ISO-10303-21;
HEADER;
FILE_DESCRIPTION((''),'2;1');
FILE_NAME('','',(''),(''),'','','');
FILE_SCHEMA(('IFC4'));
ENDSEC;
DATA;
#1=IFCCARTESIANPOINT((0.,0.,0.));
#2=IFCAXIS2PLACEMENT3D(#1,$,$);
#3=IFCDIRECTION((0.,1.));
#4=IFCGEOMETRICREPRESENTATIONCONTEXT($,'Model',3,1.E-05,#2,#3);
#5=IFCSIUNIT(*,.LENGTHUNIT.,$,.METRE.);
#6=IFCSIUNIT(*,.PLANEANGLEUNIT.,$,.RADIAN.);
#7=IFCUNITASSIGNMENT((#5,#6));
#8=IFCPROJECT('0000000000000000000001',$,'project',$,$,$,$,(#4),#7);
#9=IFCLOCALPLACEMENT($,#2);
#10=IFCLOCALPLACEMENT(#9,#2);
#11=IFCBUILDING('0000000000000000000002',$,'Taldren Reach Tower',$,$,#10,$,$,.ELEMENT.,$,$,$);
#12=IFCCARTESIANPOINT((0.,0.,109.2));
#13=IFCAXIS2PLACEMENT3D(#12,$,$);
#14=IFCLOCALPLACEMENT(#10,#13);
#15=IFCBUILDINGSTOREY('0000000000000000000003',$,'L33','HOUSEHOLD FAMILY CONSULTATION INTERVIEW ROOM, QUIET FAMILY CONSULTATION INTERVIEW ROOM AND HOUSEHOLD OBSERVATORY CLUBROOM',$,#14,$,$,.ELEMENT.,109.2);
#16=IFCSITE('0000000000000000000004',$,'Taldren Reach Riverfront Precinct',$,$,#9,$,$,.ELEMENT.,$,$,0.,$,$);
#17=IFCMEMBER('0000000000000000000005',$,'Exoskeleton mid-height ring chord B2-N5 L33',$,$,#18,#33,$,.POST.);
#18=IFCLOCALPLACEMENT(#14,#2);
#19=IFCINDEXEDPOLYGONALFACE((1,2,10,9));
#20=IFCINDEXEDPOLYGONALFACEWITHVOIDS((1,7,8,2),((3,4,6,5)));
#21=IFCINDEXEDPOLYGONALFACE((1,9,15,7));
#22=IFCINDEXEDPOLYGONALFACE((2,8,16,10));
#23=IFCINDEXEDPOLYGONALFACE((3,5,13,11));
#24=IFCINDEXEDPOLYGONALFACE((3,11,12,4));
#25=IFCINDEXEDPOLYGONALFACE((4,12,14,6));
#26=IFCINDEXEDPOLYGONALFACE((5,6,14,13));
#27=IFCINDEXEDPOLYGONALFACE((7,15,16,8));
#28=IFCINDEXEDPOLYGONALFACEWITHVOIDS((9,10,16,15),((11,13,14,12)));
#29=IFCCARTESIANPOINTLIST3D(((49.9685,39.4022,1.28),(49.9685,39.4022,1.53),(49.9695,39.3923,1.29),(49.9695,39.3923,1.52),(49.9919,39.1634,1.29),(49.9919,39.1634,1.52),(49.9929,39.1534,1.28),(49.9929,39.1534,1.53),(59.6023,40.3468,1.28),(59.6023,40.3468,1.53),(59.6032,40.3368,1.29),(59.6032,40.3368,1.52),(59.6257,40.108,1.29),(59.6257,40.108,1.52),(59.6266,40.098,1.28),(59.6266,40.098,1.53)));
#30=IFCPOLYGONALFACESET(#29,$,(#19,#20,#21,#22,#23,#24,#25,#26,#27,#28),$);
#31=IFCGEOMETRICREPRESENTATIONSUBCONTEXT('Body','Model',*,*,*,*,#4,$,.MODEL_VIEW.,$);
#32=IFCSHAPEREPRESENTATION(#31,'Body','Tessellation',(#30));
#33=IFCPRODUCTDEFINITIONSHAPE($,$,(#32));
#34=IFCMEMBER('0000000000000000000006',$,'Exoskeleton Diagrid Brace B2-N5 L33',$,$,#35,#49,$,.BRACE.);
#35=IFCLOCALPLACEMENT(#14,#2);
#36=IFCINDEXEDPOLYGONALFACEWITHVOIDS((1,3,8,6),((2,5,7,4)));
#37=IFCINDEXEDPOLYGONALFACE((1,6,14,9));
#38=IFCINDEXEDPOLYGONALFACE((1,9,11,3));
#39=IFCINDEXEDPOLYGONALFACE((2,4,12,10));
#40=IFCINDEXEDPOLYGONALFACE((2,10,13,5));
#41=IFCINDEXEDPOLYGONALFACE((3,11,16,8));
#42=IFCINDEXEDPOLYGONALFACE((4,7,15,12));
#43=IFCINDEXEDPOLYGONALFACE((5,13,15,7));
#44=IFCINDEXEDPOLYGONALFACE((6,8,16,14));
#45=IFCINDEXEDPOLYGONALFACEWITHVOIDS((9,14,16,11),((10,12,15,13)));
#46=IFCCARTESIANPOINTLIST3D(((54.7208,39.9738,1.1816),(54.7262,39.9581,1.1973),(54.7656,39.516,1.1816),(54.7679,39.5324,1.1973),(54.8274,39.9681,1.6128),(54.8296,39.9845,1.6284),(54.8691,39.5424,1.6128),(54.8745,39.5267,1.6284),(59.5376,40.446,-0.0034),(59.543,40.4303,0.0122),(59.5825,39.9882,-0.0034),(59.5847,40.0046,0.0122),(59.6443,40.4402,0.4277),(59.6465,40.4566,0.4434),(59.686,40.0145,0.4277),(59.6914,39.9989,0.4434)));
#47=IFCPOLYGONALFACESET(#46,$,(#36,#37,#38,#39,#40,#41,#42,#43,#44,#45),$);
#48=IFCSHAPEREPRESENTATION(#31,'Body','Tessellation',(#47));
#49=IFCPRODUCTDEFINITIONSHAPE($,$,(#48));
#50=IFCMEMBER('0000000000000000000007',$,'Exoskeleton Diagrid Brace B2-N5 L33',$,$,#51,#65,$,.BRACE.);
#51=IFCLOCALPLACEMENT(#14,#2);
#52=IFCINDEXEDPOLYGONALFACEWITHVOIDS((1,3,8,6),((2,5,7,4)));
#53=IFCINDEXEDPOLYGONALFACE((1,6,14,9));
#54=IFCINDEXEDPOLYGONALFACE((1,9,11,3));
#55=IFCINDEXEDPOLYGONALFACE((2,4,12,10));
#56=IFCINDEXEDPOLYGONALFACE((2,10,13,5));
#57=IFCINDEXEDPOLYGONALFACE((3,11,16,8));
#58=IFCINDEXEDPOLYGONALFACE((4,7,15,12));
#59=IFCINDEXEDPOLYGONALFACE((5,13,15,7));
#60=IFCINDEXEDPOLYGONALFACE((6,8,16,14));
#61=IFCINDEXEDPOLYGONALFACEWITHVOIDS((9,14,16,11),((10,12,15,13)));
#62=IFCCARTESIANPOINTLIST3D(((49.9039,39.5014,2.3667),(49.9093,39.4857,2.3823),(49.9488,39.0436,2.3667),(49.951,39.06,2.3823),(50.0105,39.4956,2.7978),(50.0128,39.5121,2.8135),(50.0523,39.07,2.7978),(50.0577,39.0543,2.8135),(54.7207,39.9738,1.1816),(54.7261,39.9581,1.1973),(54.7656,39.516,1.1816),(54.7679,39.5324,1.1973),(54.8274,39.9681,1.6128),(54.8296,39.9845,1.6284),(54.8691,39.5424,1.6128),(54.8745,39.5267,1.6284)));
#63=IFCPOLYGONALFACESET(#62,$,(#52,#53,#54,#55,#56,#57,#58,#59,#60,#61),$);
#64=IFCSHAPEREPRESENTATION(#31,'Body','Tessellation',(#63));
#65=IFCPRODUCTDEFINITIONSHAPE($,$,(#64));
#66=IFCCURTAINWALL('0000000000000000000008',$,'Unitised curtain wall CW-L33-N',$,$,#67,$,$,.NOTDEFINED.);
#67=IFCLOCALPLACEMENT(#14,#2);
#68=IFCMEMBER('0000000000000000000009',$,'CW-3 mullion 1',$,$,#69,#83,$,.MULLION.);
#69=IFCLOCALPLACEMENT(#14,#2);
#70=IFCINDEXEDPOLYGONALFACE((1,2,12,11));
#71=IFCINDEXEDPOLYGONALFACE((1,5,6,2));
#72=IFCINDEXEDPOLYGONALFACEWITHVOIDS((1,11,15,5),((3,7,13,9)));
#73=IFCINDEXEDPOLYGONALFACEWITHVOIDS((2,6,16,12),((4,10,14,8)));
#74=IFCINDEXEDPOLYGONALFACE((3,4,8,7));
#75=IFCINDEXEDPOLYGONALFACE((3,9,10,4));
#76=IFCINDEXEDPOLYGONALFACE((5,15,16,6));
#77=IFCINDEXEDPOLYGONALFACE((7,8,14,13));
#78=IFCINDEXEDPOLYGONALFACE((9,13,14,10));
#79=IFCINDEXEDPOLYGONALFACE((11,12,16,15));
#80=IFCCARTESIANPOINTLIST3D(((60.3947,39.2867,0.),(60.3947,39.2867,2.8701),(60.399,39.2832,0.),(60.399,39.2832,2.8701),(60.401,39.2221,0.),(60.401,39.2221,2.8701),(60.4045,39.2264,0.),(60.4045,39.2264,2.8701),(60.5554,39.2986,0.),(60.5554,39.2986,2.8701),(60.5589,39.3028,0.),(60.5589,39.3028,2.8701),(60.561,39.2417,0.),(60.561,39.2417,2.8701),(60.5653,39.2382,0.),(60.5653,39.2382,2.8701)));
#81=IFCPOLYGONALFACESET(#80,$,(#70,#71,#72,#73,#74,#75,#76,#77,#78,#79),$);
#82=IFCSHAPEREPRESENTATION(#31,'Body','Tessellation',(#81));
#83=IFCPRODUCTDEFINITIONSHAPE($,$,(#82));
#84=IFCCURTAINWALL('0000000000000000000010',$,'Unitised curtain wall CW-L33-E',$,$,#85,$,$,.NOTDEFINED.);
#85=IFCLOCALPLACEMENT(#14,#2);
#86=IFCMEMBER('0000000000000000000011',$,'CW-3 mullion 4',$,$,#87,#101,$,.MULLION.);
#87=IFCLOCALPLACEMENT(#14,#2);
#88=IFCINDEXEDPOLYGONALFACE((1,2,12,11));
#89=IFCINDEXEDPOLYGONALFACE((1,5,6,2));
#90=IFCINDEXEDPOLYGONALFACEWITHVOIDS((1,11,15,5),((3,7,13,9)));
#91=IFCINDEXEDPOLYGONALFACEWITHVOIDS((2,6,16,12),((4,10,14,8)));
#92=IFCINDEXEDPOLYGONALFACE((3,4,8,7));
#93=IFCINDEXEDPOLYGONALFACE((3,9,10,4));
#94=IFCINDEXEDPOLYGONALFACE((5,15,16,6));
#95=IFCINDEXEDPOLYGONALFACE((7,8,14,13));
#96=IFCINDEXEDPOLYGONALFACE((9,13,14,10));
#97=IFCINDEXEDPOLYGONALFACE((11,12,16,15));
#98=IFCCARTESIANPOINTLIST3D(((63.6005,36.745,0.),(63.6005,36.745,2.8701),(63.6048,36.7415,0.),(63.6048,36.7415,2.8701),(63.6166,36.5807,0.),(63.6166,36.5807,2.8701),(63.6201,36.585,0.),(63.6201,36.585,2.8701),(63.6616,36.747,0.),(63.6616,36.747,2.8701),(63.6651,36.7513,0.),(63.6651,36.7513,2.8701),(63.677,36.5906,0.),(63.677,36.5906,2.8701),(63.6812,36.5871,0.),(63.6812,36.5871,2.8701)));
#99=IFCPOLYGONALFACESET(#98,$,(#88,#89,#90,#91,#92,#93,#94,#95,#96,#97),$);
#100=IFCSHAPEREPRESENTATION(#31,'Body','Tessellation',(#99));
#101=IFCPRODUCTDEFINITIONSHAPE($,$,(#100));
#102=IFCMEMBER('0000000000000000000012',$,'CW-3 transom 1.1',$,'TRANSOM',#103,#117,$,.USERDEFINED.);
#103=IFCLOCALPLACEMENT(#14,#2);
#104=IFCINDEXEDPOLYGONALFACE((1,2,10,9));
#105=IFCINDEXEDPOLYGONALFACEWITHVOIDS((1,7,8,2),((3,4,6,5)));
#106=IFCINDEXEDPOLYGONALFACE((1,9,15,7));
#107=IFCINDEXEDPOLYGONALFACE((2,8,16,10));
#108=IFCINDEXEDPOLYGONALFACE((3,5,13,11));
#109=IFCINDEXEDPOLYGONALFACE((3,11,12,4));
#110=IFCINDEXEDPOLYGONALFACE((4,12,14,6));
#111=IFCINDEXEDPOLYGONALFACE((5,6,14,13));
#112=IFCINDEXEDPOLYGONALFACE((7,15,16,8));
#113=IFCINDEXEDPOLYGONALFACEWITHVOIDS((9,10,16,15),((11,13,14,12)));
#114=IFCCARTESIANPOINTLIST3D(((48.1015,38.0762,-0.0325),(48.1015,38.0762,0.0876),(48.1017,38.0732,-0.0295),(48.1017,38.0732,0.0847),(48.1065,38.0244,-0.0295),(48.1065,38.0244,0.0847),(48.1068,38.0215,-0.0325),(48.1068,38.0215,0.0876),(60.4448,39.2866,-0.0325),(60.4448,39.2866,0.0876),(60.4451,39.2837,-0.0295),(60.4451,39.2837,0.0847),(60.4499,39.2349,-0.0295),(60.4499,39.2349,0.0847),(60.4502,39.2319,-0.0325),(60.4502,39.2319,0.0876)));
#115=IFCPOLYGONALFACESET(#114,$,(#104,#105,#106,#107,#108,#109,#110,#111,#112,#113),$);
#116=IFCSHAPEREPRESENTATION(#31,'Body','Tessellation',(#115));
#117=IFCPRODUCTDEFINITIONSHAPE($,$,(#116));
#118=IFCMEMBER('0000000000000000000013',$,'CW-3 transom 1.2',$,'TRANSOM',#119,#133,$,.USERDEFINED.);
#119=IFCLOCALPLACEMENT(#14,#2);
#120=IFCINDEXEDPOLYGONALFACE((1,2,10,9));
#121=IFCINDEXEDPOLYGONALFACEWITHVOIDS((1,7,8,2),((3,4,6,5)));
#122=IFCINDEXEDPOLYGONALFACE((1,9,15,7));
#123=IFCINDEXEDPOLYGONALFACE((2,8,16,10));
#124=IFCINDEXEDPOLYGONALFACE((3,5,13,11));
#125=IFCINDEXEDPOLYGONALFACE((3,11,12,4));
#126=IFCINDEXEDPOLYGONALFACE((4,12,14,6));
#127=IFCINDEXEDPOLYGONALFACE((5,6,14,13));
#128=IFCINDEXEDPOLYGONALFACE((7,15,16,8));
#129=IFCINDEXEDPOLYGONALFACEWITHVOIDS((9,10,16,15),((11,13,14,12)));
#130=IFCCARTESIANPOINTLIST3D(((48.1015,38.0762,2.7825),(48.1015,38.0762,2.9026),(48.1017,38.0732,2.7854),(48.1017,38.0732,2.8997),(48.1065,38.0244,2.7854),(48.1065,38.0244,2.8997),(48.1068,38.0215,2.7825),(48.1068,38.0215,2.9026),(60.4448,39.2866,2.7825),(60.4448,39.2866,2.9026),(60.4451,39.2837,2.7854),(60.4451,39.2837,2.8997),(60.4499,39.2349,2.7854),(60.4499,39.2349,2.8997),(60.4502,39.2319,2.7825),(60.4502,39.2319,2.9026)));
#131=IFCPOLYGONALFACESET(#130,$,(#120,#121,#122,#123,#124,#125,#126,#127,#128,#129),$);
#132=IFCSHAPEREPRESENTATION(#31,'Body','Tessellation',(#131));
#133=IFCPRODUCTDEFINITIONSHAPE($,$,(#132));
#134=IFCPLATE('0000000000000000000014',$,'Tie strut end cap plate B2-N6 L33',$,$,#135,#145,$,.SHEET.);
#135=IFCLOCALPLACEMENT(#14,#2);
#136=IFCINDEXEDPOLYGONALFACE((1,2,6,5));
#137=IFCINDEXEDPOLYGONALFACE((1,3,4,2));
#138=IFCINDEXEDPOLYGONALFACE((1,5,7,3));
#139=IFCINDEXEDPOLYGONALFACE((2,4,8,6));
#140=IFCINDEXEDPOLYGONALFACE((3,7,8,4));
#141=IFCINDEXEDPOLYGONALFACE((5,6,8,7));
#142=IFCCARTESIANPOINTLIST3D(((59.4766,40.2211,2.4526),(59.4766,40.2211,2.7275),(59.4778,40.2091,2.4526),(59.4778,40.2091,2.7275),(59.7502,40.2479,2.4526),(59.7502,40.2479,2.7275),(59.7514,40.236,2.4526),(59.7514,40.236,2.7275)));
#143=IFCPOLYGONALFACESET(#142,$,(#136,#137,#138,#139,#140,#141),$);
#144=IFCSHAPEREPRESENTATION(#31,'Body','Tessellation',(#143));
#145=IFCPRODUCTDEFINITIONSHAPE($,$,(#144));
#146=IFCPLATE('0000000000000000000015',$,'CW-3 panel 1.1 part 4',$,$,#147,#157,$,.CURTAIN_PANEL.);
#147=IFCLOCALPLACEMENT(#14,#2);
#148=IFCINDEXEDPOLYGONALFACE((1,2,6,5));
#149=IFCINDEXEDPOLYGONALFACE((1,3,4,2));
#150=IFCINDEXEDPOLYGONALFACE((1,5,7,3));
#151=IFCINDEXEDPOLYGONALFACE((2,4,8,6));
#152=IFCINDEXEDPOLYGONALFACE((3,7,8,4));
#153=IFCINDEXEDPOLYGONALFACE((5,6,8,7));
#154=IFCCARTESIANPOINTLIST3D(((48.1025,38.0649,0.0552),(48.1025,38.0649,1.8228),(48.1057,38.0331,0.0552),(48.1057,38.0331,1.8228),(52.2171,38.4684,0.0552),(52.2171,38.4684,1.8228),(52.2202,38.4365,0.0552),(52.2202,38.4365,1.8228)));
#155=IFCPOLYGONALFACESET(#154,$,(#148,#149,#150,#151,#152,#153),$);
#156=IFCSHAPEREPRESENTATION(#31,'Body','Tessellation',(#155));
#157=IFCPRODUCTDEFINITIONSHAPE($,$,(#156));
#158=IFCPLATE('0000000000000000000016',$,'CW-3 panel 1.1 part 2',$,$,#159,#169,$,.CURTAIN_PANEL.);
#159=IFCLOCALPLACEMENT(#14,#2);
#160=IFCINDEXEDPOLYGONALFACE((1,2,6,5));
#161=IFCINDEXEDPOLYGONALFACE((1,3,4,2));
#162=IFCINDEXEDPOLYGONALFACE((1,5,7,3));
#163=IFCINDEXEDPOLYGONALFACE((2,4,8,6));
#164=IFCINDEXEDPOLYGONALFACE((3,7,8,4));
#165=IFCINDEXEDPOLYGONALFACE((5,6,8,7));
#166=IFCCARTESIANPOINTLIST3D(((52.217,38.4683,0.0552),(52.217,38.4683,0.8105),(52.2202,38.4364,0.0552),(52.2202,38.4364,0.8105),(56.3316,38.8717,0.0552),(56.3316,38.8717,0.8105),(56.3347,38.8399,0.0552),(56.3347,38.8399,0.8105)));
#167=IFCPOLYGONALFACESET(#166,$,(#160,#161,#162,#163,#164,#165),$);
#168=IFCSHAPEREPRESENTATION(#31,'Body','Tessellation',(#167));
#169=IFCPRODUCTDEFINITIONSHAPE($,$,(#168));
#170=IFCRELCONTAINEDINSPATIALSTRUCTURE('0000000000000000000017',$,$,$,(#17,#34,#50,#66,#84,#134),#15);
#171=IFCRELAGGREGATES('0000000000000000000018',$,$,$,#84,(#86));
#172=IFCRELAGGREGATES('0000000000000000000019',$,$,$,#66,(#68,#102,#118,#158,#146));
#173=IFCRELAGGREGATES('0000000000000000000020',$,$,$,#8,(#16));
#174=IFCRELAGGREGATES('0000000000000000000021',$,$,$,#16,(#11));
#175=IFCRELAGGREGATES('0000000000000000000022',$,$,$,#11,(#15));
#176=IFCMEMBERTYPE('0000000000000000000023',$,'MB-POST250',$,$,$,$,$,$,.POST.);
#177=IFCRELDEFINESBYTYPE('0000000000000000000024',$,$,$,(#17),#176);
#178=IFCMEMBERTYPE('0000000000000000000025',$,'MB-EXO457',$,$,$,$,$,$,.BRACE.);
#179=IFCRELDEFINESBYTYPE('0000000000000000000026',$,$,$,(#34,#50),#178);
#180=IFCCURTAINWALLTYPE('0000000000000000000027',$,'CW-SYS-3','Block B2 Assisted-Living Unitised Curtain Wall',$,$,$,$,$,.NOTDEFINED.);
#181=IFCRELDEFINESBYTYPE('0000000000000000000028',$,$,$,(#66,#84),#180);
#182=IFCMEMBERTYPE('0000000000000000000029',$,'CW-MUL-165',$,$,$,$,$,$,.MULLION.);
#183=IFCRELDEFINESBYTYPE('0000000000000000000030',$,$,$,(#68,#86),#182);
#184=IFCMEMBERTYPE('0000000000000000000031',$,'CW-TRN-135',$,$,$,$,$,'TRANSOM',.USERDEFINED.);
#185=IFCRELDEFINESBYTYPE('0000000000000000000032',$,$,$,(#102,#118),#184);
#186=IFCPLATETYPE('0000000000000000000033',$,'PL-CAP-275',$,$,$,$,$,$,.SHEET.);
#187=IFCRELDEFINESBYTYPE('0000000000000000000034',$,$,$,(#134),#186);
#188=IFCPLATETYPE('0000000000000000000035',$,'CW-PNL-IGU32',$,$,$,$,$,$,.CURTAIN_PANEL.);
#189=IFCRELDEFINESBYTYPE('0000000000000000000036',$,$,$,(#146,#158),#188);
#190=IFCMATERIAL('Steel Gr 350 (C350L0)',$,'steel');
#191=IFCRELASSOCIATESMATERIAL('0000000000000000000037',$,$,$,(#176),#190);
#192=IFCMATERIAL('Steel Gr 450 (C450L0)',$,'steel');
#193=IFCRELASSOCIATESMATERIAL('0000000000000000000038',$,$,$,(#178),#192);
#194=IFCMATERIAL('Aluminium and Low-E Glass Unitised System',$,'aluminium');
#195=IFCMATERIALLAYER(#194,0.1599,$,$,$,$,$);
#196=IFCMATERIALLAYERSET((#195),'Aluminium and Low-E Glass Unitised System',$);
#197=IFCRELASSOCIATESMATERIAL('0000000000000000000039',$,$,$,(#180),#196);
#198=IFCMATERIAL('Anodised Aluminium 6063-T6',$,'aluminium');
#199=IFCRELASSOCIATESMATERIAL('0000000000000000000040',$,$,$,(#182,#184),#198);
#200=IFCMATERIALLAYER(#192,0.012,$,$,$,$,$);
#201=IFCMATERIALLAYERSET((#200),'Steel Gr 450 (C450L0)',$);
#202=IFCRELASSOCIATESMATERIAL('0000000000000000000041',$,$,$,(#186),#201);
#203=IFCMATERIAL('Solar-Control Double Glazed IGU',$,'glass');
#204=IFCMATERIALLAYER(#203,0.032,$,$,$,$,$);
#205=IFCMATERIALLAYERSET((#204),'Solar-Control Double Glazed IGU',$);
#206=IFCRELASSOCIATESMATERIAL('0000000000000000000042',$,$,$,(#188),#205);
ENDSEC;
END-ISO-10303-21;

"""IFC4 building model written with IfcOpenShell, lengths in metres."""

from ifc_helpers import new_model, si_unit, direction, frame, origin, origin_2d, place, context, subcontext, project, spatial, rectangle, hollow_rectangle, extrude, source, transform, mapped, material, layer, layer_set, material_profile, profile_set, type_object, element, aggregate, save


model = new_model("IFC4")

# Units and contexts
model_context = context("Model", 3, precision=1e-05, world=origin(), true_north=direction((0.0, 1.0)))
body_context = subcontext(model_context, "Body", "Model", "MODEL_VIEW")
ifc_project = project(units=[si_unit("LENGTHUNIT", "METRE"), si_unit("PLANEANGLEUNIT", "RADIAN")], contexts=[model_context])

# Site, building, storey
site_placement = place(None, origin())
site = spatial("IfcSite", under=ifc_project, at=site_placement, Name="Taldren Reach Riverfront Precinct", CompositionType="ELEMENT", RefElevation=0.0)
building_placement = place(site_placement, origin())
building = spatial("IfcBuilding", under=site, at=building_placement, Name="Taldren Reach Tower", CompositionType="ELEMENT")
storey_placement = place(building_placement, frame((0.0, 0.0, 109.2)))
storey = spatial("IfcBuildingStorey", under=building, at=storey_placement, Name="L33", Description="HOUSEHOLD FAMILY CONSULTATION INTERVIEW ROOM, QUIET FAMILY CONSULTATION INTERVIEW ROOM AND HOUSEHOLD OBSERVATORY CLUBROOM", CompositionType="ELEMENT", Elevation=109.2)

# Shared definitions
ifc_material_1 = material(Name="Steel Gr 450 (C450L0)", Category="steel")
ifc_material_2 = material(Name="Steel Gr 350 (C350L0)", Category="steel")
ifc_material_profile_1 = material_profile(ifc_material_2, hollow_rectangle(XDim=0.25, YDim=0.25, WallThickness=0.01, at=origin_2d()), Name="250x250x10.0SHS")
ifc_profile_set_1 = profile_set([ifc_material_profile_1], Name="Steel Gr 350 (C350L0)")
member_type_1 = type_object("IfcMemberType", Name="MB-POST250", PredefinedType="POST", material=ifc_profile_set_1)

# Members
shared_shape_1 = source(origin(), body_context, "Body", "SweptSolid", [
    extrude(hollow_rectangle(XDim=0.25, YDim=0.25, WallThickness=0.01, at=origin_2d()), origin(), (0.0, 0.0, 1.0), 9.6799),
])
member_1_placement = place(storey_placement, frame((49.9807, 39.2778, 1.405), z_axis=(0.995228, 0.097581, 0.0), x_axis=(-0.097581, 0.995228, 0.0)))
element("IfcMember", 1, at=member_1_placement, inside=storey, type_object=member_type_1, Name="Exoskeleton mid-height ring chord B2-N5 L33", PredefinedType="POST", context=body_context, shape_type="MappedRepresentation", body=[
    mapped(shared_shape_1, transform((0.0, 0.0, 0.0), scale=1.0)),
])
ifc_material_profile_2 = material_profile(ifc_material_1, hollow_rectangle(XDim=0.46, YDim=0.46, WallThickness=0.0161, at=origin_2d()), Name="460x460x16.0SHS")
ifc_profile_set_2 = profile_set([ifc_material_profile_2], Name="Steel Gr 450 (C450L0)")
member_type_2 = type_object("IfcMemberType", Name="MB-EXO457", PredefinedType="BRACE", material=ifc_profile_set_2)
shared_shape_2 = source(origin(), body_context, "Body", "SweptSolid", [
    extrude(hollow_rectangle(XDim=0.46, YDim=0.46, WallThickness=0.0161, at=origin_2d()), origin(), (0.0, 0.0, 1.0), 4.9829),
])
for number, where, z_axis, x_axis, name in (
    (2, (59.6145, 40.2224, 0.22), (-0.966675, -0.094757, 0.237823), (0.097556, -0.99523, 0.0), "Exoskeleton Diagrid Brace B2-N5 L33"),
    (3, (54.7976, 39.7502, 1.405), (-0.966671, -0.094805, 0.237822), (0.097606, -0.995225, 0.0), "Exoskeleton Diagrid Brace B2-N5 L33"),
):
    element("IfcMember", number, at=place(storey_placement, frame(where, z_axis=z_axis, x_axis=x_axis)), inside=storey, type_object=member_type_2, Name=name, PredefinedType="BRACE", context=body_context, shape_type="MappedRepresentation", body=[
        mapped(shared_shape_2, transform((0.0, 0.0, 0.0), scale=1.0)),
    ])

# Curtain walls, members
ifc_material_3 = material(Name="Aluminium and Low-E Glass Unitised System", Category="aluminium")
ifc_layer_1 = layer(ifc_material_3, 0.1599)
ifc_layer_set_1 = layer_set([ifc_layer_1], Name="Aluminium and Low-E Glass Unitised System")
curtain_wall_type = type_object("IfcCurtainWallType", Name="CW-SYS-3", Description="Block B2 Assisted-Living Unitised Curtain Wall", PredefinedType="NOTDEFINED", material=ifc_layer_set_1)
curtain_wall_1_placement = place(storey_placement, origin())
curtain_wall_1 = element("IfcCurtainWall", 4, at=curtain_wall_1_placement, inside=storey, type_object=curtain_wall_type, Name="Unitised curtain wall CW-L33-N", PredefinedType="NOTDEFINED")
ifc_material_4 = material(Name="Anodised Aluminium 6063-T6", Category="aluminium")
ifc_material_profile_3 = material_profile(ifc_material_4, hollow_rectangle(XDim=0.0649, YDim=0.165, WallThickness=0.0039, at=origin_2d()), Name="ALU-165x65x4RHS")
ifc_profile_set_3 = profile_set([ifc_material_profile_3], Name="Anodised Aluminium 6063-T6")
member_type_3 = type_object("IfcMemberType", Name="CW-MUL-165", PredefinedType="MULLION", material=ifc_profile_set_3)
shared_shape_3 = source(origin(), body_context, "Body", "SweptSolid", [
    extrude(hollow_rectangle(XDim=0.0649, YDim=0.165, WallThickness=0.0039, at=origin_2d()), origin(), (0.0, 0.0, 1.0), 2.8701),
])
member_2_placement = place(storey_placement, frame((60.48, 39.2625, 0.0), z_axis=(0.0, 0.0, 1.0), x_axis=(0.097583, -0.995227, 0.0)))
member_2 = element("IfcMember", 5, at=member_2_placement, type_object=member_type_3, Name="CW-3 mullion 1", PredefinedType="MULLION", context=body_context, shape_type="MappedRepresentation", body=[
    mapped(shared_shape_3, transform((0.0, 0.0, 0.0), scale=1.0)),
])
curtain_wall_2_placement = place(storey_placement, origin())
curtain_wall_2 = element("IfcCurtainWall", 6, at=curtain_wall_2_placement, inside=storey, type_object=curtain_wall_type, Name="Unitised curtain wall CW-L33-E", PredefinedType="NOTDEFINED")
member_3_placement = place(storey_placement, frame((63.6409, 36.666, 0.0), z_axis=(0.0, 0.0, 1.0), x_axis=(-0.995227, -0.097583, 0.0)))
member_3 = element("IfcMember", 7, at=member_3_placement, type_object=member_type_3, Name="CW-3 mullion 4", PredefinedType="MULLION", context=body_context, shape_type="MappedRepresentation", body=[
    mapped(shared_shape_3, transform((0.0, 0.0, 0.0), scale=1.0)),
])
aggregate(curtain_wall_2, [member_3])

# Members
ifc_material_profile_4 = material_profile(ifc_material_4, hollow_rectangle(XDim=0.0549, YDim=0.1201, WallThickness=0.0029, at=origin_2d()), Name="ALU-120x55x3RHS")
ifc_profile_set_4 = profile_set([ifc_material_profile_4], Name="Anodised Aluminium 6063-T6")
member_type_4 = type_object("IfcMemberType", Name="CW-TRN-135", ElementType="TRANSOM", PredefinedType="USERDEFINED", material=ifc_profile_set_4)
shared_shape_4 = source(origin(), body_context, "Body", "SweptSolid", [
    extrude(hollow_rectangle(XDim=0.0549, YDim=0.1201, WallThickness=0.0029, at=origin_2d()), origin(), (0.0, 0.0, 1.0), 12.4026),
])
member_4_placement = place(storey_placement, frame((60.4475, 39.2593, 0.0276), z_axis=(-0.995226, -0.097597, 0.0), x_axis=(0.097597, -0.995226, 0.0)))
member_4 = element("IfcMember", 8, at=member_4_placement, type_object=member_type_4, Name="CW-3 transom 1.1", ObjectType="TRANSOM", PredefinedType="USERDEFINED", context=body_context, shape_type="MappedRepresentation", body=[
    mapped(shared_shape_4, transform((0.0, 0.0, 0.0), scale=1.0)),
])
member_5_placement = place(storey_placement, frame((60.4475, 39.2593, 2.8425), z_axis=(-0.995226, -0.097597, 0.0), x_axis=(0.097597, -0.995226, 0.0)))
member_5 = element("IfcMember", 9, at=member_5_placement, type_object=member_type_4, Name="CW-3 transom 1.2", ObjectType="TRANSOM", PredefinedType="USERDEFINED", context=body_context, shape_type="MappedRepresentation", body=[
    mapped(shared_shape_4, transform((0.0, 0.0, 0.0), scale=1.0)),
])

# Plates
ifc_layer_2 = layer(ifc_material_1, 0.012)
ifc_layer_set_2 = layer_set([ifc_layer_2], Name="Steel Gr 450 (C450L0)")
plate_type_1 = type_object("IfcPlateType", Name="PL-CAP-275", PredefinedType="SHEET", material=ifc_layer_set_2)
shared_shape_5 = source(origin(), body_context, "Body", "SweptSolid", [
    extrude(rectangle(XDim=0.2749, YDim=0.012, at=origin_2d()), origin(), (0.0, 0.0, 1.0), 0.2749),
])
plate_1_placement = place(storey_placement, frame((59.614, 40.2285, 2.4526), z_axis=(0.0, 0.0, 1.0), x_axis=(0.995227, 0.097583, 0.0)))
element("IfcPlate", 10, at=plate_1_placement, inside=storey, type_object=plate_type_1, Name="Tie strut end cap plate B2-N6 L33", PredefinedType="SHEET", context=body_context, shape_type="MappedRepresentation", body=[
    mapped(shared_shape_5, transform((0.0, 0.0, 0.0), scale=1.0)),
])
ifc_material_5 = material(Name="Solar-Control Double Glazed IGU", Category="glass")
ifc_layer_3 = layer(ifc_material_5, 0.032)
ifc_layer_set_3 = layer_set([ifc_layer_3], Name="Solar-Control Double Glazed IGU")
plate_type_2 = type_object("IfcPlateType", Name="CW-PNL-IGU32", PredefinedType="CURTAIN_PANEL", material=ifc_layer_set_3)
shared_shape_6 = source(origin(), body_context, "Body", "SweptSolid", [
    extrude(rectangle(XDim=4.1343, YDim=0.032, at=origin_2d()), origin(), (0.0, 0.0, 1.0), 1.7676),
])
plate_2_placement = place(storey_placement, frame((50.1614, 38.2507, 0.0552), z_axis=(0.0, 0.0, 1.0), x_axis=(-0.995227, -0.097583, 0.0)))
plate_2 = element("IfcPlate", 11, at=plate_2_placement, type_object=plate_type_2, Name="CW-3 panel 1.1 part 4", PredefinedType="CURTAIN_PANEL", context=body_context, shape_type="MappedRepresentation", body=[
    mapped(shared_shape_6, transform((0.0, 0.0, 0.0), scale=1.0)),
])
shared_shape_7 = source(origin(), body_context, "Body", "SweptSolid", [
    extrude(rectangle(XDim=4.1343, YDim=0.032, at=origin_2d()), origin(), (0.0, 0.0, 1.0), 0.7554),
])
plate_3_placement = place(storey_placement, frame((54.2759, 38.6541, 0.0552), z_axis=(0.0, 0.0, 1.0), x_axis=(-0.995227, -0.097583, 0.0)))
plate_3 = element("IfcPlate", 12, at=plate_3_placement, type_object=plate_type_2, Name="CW-3 panel 1.1 part 2", PredefinedType="CURTAIN_PANEL", context=body_context, shape_type="MappedRepresentation", body=[
    mapped(shared_shape_7, transform((0.0, 0.0, 0.0), scale=1.0)),
])
aggregate(curtain_wall_1, [member_2, member_4, member_5, plate_3, plate_2])

save(model, "model.ifc")
